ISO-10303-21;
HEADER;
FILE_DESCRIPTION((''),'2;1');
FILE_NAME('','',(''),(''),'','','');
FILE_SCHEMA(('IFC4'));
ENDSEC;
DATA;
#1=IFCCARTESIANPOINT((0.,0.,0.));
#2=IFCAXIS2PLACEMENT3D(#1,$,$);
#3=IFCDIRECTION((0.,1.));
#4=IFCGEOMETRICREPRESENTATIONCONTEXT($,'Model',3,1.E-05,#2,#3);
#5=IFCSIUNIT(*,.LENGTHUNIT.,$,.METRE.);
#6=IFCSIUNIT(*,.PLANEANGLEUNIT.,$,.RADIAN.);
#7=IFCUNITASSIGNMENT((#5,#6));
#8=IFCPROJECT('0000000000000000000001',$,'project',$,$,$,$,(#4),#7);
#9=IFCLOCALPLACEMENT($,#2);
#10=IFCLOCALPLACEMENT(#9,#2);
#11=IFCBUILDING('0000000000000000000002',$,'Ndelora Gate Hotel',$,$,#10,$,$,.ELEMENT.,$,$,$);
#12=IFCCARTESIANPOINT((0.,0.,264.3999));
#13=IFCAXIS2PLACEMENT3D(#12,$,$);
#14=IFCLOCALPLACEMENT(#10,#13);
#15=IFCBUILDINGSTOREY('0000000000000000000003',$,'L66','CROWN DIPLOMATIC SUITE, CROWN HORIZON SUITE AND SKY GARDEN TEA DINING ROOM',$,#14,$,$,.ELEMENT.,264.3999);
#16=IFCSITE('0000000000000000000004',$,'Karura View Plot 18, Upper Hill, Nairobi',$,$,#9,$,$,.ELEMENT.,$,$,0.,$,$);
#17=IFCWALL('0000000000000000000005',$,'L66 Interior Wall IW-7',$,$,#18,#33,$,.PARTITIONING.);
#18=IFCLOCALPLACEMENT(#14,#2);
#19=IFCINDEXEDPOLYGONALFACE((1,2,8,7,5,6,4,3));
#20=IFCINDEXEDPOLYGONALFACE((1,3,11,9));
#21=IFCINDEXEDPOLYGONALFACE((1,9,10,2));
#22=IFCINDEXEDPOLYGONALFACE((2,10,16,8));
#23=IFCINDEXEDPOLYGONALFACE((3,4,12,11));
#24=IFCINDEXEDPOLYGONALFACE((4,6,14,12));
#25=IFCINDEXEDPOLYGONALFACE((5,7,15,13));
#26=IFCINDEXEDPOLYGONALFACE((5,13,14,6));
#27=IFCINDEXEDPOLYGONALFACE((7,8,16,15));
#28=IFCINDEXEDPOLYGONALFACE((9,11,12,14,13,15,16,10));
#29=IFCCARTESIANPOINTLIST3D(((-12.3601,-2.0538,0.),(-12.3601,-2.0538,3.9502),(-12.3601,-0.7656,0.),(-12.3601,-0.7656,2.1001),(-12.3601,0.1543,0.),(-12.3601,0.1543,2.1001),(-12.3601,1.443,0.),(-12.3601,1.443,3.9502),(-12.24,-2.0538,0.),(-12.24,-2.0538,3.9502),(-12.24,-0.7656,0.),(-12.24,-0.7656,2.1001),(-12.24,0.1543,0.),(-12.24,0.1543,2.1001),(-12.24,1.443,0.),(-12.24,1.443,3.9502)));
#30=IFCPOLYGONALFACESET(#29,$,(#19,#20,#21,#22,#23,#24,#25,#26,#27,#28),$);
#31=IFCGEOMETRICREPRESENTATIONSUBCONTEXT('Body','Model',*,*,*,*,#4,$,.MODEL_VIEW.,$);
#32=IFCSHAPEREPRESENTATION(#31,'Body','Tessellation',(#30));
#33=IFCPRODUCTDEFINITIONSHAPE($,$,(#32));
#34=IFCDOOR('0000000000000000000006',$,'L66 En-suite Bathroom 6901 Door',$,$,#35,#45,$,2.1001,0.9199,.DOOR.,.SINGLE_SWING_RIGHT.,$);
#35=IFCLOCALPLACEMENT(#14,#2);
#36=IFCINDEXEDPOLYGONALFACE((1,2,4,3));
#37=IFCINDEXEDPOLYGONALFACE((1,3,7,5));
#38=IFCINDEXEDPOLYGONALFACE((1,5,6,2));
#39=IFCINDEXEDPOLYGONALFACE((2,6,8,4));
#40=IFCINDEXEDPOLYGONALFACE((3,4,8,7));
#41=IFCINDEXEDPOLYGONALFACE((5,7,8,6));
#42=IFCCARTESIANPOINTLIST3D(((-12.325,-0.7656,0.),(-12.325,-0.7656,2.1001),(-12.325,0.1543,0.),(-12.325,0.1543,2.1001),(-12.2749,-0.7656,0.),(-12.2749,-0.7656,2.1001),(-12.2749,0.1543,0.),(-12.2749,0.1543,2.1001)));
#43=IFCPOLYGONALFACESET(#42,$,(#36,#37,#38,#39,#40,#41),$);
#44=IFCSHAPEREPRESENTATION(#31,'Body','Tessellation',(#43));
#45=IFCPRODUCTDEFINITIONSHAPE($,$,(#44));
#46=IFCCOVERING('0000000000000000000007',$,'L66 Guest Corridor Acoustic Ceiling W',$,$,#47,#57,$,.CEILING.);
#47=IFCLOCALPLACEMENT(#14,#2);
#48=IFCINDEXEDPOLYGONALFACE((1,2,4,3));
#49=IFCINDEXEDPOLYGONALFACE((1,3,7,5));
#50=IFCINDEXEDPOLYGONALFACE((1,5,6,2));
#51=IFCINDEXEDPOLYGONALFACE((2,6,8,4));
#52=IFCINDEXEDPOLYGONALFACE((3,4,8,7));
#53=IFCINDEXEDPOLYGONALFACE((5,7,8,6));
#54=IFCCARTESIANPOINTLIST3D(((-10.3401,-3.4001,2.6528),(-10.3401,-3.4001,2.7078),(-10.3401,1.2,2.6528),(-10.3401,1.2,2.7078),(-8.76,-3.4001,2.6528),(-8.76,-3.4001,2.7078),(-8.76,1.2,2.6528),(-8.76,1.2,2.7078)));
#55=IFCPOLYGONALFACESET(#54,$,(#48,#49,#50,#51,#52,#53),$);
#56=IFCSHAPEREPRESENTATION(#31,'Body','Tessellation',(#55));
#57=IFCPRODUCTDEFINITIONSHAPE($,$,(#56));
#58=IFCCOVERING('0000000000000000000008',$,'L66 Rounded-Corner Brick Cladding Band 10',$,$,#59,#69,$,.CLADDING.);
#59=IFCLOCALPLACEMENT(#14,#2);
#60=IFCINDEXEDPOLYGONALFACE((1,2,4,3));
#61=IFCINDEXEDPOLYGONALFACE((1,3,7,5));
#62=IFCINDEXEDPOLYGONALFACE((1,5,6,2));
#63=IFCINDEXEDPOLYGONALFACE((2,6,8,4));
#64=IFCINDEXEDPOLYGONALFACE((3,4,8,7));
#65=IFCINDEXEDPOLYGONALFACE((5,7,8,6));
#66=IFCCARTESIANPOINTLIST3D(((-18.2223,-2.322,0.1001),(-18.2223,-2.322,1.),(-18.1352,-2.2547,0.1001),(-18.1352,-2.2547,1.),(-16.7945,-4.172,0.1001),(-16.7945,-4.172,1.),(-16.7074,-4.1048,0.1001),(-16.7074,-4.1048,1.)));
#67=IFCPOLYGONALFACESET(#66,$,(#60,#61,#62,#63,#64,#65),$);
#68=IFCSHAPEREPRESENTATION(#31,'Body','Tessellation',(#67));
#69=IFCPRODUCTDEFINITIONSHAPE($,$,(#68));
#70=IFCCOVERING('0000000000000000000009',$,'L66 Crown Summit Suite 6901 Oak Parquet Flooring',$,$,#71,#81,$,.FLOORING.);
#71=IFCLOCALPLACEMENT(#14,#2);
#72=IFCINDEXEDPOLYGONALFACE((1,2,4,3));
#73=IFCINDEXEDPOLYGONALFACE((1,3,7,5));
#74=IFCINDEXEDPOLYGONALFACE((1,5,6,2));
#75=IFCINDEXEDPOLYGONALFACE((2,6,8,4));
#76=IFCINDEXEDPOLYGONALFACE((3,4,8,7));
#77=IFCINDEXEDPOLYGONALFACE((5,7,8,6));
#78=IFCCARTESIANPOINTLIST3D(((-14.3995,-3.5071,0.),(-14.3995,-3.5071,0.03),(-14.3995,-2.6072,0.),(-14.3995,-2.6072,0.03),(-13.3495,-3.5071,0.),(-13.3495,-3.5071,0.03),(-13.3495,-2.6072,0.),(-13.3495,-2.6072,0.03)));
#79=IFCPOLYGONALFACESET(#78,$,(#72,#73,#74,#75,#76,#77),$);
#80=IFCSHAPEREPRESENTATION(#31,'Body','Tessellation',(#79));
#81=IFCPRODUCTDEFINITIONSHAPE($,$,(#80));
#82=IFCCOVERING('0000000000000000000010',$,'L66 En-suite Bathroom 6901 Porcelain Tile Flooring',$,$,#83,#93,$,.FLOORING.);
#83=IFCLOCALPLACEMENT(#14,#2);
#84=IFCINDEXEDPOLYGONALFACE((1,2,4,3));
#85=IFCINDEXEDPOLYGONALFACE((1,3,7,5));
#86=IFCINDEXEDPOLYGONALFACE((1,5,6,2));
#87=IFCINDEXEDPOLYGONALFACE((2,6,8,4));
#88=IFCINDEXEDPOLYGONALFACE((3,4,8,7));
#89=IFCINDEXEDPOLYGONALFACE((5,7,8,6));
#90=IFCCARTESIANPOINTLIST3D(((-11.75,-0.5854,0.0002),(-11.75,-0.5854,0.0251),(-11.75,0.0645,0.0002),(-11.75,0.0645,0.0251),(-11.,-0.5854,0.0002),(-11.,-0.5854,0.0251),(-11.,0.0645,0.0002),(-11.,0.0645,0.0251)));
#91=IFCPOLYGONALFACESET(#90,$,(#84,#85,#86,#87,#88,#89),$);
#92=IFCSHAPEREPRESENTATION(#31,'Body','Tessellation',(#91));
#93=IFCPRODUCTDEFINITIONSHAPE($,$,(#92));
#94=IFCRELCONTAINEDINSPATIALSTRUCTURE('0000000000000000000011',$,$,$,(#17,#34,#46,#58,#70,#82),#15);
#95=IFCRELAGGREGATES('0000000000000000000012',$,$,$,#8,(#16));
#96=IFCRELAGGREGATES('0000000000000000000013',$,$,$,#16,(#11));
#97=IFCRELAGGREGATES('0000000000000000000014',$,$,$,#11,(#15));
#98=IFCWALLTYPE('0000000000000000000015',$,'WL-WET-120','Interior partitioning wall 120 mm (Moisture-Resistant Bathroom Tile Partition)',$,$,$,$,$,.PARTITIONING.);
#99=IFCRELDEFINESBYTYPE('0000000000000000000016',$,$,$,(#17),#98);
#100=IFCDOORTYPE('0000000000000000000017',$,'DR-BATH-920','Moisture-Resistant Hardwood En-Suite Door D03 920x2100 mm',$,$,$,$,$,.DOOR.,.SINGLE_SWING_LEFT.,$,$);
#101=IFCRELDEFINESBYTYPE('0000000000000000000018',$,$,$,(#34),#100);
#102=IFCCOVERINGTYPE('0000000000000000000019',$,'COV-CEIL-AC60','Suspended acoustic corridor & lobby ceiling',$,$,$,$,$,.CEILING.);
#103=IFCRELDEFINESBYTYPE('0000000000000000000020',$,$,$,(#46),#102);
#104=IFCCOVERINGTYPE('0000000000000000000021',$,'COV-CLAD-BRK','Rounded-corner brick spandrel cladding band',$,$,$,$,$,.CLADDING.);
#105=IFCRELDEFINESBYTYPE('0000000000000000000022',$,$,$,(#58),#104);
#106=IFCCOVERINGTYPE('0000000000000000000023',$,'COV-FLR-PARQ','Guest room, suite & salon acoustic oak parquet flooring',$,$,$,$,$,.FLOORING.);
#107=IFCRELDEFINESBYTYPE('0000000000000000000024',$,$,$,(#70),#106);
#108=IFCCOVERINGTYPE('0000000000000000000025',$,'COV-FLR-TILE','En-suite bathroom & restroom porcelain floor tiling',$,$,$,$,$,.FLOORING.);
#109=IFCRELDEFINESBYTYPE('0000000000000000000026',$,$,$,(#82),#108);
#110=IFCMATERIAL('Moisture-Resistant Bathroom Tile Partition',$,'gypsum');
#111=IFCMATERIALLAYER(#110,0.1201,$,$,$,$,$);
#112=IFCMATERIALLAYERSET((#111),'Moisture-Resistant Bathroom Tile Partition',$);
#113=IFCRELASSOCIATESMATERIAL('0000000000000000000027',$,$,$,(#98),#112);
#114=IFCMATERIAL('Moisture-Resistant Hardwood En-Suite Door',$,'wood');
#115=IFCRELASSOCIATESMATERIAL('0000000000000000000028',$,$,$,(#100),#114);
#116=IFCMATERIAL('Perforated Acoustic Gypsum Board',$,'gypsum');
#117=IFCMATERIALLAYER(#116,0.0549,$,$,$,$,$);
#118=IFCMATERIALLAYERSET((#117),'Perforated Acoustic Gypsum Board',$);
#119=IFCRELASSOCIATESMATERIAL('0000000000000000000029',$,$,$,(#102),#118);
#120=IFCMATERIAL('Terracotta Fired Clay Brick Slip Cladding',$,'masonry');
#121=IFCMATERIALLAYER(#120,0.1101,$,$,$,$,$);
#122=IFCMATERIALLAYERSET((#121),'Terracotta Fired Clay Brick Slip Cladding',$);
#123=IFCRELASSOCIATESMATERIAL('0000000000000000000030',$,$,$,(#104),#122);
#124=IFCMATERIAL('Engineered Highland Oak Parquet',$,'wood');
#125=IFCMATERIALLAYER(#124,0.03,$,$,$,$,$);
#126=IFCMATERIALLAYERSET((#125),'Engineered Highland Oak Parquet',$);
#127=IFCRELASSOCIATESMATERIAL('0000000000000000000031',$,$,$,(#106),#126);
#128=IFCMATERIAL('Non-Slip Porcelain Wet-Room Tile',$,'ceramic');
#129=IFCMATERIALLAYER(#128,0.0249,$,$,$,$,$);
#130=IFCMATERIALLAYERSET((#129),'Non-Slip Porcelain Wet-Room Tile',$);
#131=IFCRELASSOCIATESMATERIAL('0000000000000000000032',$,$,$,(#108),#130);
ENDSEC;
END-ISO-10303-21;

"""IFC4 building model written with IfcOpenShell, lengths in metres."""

from ifc_helpers import new_model, si_unit, direction, frame, frame_2d, origin, origin_2d, place, context, subcontext, project, spatial, rectangle, extrude, material, layer, layer_set, type_object, element, fill, save


model = new_model("IFC4")

# Units and contexts
model_context = context("Model", 3, precision=1e-05, world=origin(), true_north=direction((0.0, 1.0)))
body_context = subcontext(model_context, "Body", "Model", "MODEL_VIEW")
ifc_project = project(units=[si_unit("LENGTHUNIT", "METRE"), si_unit("PLANEANGLEUNIT", "RADIAN")], contexts=[model_context])

# Site, building, storey
site_placement = place(None, origin())
site = spatial("IfcSite", under=ifc_project, at=site_placement, Name="Karura View Plot 18, Upper Hill, Nairobi", CompositionType="ELEMENT", RefElevation=0.0)
building_placement = place(site_placement, origin())
building = spatial("IfcBuilding", under=site, at=building_placement, Name="Ndelora Gate Hotel", CompositionType="ELEMENT")
storey_placement = place(building_placement, frame((0.0, 0.0, 264.3999)))
storey = spatial("IfcBuildingStorey", under=building, at=storey_placement, Name="L66", Description="CROWN DIPLOMATIC SUITE, CROWN HORIZON SUITE AND SKY GARDEN TEA DINING ROOM", CompositionType="ELEMENT", Elevation=264.3999)

# Shared definitions
ifc_material_1 = material(Name="Moisture-Resistant Bathroom Tile Partition", Category="gypsum")
ifc_layer_1 = layer(ifc_material_1, 0.1201)
ifc_layer_set_1 = layer_set([ifc_layer_1], Name="Moisture-Resistant Bathroom Tile Partition")
wall_type_1 = type_object("IfcWallType", Name="WL-WET-120", Description="Interior partitioning wall 120 mm (Moisture-Resistant Bathroom Tile Partition)", PredefinedType="PARTITIONING", material=ifc_layer_set_1)

# Wall, opening, door
wall_1_placement = place(storey_placement, frame((-12.3, -2.054, 0.0), z_axis=(0.0, 0.0, 1.0), x_axis=(0.0, 1.0, 0.0)))
wall_1 = element("IfcWall", 1, at=wall_1_placement, inside=storey, type_object=wall_type_1, Name="L66 Interior Wall IW-7", PredefinedType="PARTITIONING", context=body_context, shape_type="SweptSolid", body=[
    extrude(rectangle(XDim=3.4968, YDim=0.1201, at=frame_2d((1.7485, 0.0))), origin(), (0.0, 0.0, 1.0), 3.9502),
])
opening_1_placement = place(wall_1_placement, frame((1.2883, 0.0, 0.0)))
opening_1 = element("IfcOpeningElement", 2, at=opening_1_placement, cuts=wall_1, PredefinedType="OPENING", context=body_context, shape_type="SweptSolid", body=[
    extrude(rectangle(XDim=0.9199, YDim=2.1001, at=frame_2d((0.46, 1.05))), frame((0.0, 0.0701, 0.0), z_axis=(0.0, -1.0, 0.0), x_axis=(1.0, 0.0, 0.0)), (0.0, 0.0, 1.0), 0.1401),
])
ifc_material_2 = material(Name="Moisture-Resistant Hardwood En-Suite Door", Category="wood")
door_type = type_object("IfcDoorType", Name="DR-BATH-920", Description="Moisture-Resistant Hardwood En-Suite Door D03 920x2100 mm", OperationType="SINGLE_SWING_LEFT", PredefinedType="DOOR", material=ifc_material_2)
door_placement = place(opening_1_placement, origin())
door = element("IfcDoor", 3, at=door_placement, inside=storey, type_object=door_type, Name="L66 En-suite Bathroom 6901 Door", OperationType="SINGLE_SWING_RIGHT", OverallHeight=2.1001, OverallWidth=0.9199, PredefinedType="DOOR", context=body_context, shape_type="SweptSolid", body=[
    extrude(rectangle(XDim=0.9199, YDim=2.1001, at=frame_2d((0.46, 1.05))), frame((0.0, 0.0249, 0.0), z_axis=(0.0, -1.0, 0.0), x_axis=(1.0, 0.0, 0.0)), (0.0, 0.0, 1.0), 0.05),
])
fill(opening_1, door)

# Coverings
ifc_material_3 = material(Name="Perforated Acoustic Gypsum Board", Category="gypsum")
ifc_layer_2 = layer(ifc_material_3, 0.0549)
ifc_layer_set_2 = layer_set([ifc_layer_2], Name="Perforated Acoustic Gypsum Board")
covering_type_1 = type_object("IfcCoveringType", Name="COV-CEIL-AC60", Description="Suspended acoustic corridor & lobby ceiling", PredefinedType="CEILING", material=ifc_layer_set_2)
covering_1_placement = place(storey_placement, frame((-9.55, -1.1001, 2.6528), z_axis=(0.0, 0.0, 1.0), x_axis=(1.0, 0.0, 0.0)))
element("IfcCovering", 4, at=covering_1_placement, inside=storey, type_object=covering_type_1, Name="L66 Guest Corridor Acoustic Ceiling W", PredefinedType="CEILING", context=body_context, shape_type="SweptSolid", body=[
    extrude(rectangle(XDim=1.5801, YDim=4.6001, at=origin_2d()), origin(), (0.0, 0.0, 1.0), 0.0549),
])
ifc_material_4 = material(Name="Terracotta Fired Clay Brick Slip Cladding", Category="masonry")
ifc_layer_3 = layer(ifc_material_4, 0.1101)
ifc_layer_set_3 = layer_set([ifc_layer_3], Name="Terracotta Fired Clay Brick Slip Cladding")
covering_type_2 = type_object("IfcCoveringType", Name="COV-CLAD-BRK", Description="Rounded-corner brick spandrel cladding band", PredefinedType="CLADDING", material=ifc_layer_set_3)
covering_2_placement = place(storey_placement, frame((-17.4648, -3.2134, 0.1001), z_axis=(0.0, 0.0, 1.0), x_axis=(-0.610975, 0.79165, 0.0)))
element("IfcCovering", 5, at=covering_2_placement, inside=storey, type_object=covering_type_2, Name="L66 Rounded-Corner Brick Cladding Band 10", PredefinedType="CLADDING", context=body_context, shape_type="SweptSolid", body=[
    extrude(rectangle(XDim=2.3369, YDim=0.1101, at=origin_2d()), origin(), (0.0, 0.0, 1.0), 0.8999),
])
ifc_material_5 = material(Name="Engineered Highland Oak Parquet", Category="wood")
ifc_layer_4 = layer(ifc_material_5, 0.03)
ifc_layer_set_4 = layer_set([ifc_layer_4], Name="Engineered Highland Oak Parquet")
covering_type_3 = type_object("IfcCoveringType", Name="COV-FLR-PARQ", Description="Guest room, suite & salon acoustic oak parquet flooring", PredefinedType="FLOORING", material=ifc_layer_set_4)
covering_3_placement = place(storey_placement, frame((-13.8745, -3.0571, 0.0), z_axis=(0.0, 0.0, 1.0), x_axis=(1.0, 0.0, 0.0)))
element("IfcCovering", 6, at=covering_3_placement, inside=storey, type_object=covering_type_3, Name="L66 Crown Summit Suite 6901 Oak Parquet Flooring", PredefinedType="FLOORING", context=body_context, shape_type="SweptSolid", body=[
    extrude(rectangle(XDim=1.05, YDim=0.8999, at=origin_2d()), origin(), (0.0, 0.0, 1.0), 0.03),
])
ifc_material_6 = material(Name="Non-Slip Porcelain Wet-Room Tile", Category="ceramic")
ifc_layer_5 = layer(ifc_material_6, 0.0249)
ifc_layer_set_5 = layer_set([ifc_layer_5], Name="Non-Slip Porcelain Wet-Room Tile")
covering_type_4 = type_object("IfcCoveringType", Name="COV-FLR-TILE", Description="En-suite bathroom & restroom porcelain floor tiling", PredefinedType="FLOORING", material=ifc_layer_set_5)
covering_4_placement = place(storey_placement, frame((-11.375, -0.2605, 0.0002), z_axis=(0.0, 0.0, 1.0), x_axis=(1.0, 0.0, 0.0)))
element("IfcCovering", 7, at=covering_4_placement, inside=storey, type_object=covering_type_4, Name="L66 En-suite Bathroom 6901 Porcelain Tile Flooring", PredefinedType="FLOORING", context=body_context, shape_type="SweptSolid", body=[
    extrude(rectangle(XDim=0.75, YDim=0.6499, at=origin_2d()), origin(), (0.0, 0.0, 1.0), 0.0249),
])

save(model, "model.ifc")
